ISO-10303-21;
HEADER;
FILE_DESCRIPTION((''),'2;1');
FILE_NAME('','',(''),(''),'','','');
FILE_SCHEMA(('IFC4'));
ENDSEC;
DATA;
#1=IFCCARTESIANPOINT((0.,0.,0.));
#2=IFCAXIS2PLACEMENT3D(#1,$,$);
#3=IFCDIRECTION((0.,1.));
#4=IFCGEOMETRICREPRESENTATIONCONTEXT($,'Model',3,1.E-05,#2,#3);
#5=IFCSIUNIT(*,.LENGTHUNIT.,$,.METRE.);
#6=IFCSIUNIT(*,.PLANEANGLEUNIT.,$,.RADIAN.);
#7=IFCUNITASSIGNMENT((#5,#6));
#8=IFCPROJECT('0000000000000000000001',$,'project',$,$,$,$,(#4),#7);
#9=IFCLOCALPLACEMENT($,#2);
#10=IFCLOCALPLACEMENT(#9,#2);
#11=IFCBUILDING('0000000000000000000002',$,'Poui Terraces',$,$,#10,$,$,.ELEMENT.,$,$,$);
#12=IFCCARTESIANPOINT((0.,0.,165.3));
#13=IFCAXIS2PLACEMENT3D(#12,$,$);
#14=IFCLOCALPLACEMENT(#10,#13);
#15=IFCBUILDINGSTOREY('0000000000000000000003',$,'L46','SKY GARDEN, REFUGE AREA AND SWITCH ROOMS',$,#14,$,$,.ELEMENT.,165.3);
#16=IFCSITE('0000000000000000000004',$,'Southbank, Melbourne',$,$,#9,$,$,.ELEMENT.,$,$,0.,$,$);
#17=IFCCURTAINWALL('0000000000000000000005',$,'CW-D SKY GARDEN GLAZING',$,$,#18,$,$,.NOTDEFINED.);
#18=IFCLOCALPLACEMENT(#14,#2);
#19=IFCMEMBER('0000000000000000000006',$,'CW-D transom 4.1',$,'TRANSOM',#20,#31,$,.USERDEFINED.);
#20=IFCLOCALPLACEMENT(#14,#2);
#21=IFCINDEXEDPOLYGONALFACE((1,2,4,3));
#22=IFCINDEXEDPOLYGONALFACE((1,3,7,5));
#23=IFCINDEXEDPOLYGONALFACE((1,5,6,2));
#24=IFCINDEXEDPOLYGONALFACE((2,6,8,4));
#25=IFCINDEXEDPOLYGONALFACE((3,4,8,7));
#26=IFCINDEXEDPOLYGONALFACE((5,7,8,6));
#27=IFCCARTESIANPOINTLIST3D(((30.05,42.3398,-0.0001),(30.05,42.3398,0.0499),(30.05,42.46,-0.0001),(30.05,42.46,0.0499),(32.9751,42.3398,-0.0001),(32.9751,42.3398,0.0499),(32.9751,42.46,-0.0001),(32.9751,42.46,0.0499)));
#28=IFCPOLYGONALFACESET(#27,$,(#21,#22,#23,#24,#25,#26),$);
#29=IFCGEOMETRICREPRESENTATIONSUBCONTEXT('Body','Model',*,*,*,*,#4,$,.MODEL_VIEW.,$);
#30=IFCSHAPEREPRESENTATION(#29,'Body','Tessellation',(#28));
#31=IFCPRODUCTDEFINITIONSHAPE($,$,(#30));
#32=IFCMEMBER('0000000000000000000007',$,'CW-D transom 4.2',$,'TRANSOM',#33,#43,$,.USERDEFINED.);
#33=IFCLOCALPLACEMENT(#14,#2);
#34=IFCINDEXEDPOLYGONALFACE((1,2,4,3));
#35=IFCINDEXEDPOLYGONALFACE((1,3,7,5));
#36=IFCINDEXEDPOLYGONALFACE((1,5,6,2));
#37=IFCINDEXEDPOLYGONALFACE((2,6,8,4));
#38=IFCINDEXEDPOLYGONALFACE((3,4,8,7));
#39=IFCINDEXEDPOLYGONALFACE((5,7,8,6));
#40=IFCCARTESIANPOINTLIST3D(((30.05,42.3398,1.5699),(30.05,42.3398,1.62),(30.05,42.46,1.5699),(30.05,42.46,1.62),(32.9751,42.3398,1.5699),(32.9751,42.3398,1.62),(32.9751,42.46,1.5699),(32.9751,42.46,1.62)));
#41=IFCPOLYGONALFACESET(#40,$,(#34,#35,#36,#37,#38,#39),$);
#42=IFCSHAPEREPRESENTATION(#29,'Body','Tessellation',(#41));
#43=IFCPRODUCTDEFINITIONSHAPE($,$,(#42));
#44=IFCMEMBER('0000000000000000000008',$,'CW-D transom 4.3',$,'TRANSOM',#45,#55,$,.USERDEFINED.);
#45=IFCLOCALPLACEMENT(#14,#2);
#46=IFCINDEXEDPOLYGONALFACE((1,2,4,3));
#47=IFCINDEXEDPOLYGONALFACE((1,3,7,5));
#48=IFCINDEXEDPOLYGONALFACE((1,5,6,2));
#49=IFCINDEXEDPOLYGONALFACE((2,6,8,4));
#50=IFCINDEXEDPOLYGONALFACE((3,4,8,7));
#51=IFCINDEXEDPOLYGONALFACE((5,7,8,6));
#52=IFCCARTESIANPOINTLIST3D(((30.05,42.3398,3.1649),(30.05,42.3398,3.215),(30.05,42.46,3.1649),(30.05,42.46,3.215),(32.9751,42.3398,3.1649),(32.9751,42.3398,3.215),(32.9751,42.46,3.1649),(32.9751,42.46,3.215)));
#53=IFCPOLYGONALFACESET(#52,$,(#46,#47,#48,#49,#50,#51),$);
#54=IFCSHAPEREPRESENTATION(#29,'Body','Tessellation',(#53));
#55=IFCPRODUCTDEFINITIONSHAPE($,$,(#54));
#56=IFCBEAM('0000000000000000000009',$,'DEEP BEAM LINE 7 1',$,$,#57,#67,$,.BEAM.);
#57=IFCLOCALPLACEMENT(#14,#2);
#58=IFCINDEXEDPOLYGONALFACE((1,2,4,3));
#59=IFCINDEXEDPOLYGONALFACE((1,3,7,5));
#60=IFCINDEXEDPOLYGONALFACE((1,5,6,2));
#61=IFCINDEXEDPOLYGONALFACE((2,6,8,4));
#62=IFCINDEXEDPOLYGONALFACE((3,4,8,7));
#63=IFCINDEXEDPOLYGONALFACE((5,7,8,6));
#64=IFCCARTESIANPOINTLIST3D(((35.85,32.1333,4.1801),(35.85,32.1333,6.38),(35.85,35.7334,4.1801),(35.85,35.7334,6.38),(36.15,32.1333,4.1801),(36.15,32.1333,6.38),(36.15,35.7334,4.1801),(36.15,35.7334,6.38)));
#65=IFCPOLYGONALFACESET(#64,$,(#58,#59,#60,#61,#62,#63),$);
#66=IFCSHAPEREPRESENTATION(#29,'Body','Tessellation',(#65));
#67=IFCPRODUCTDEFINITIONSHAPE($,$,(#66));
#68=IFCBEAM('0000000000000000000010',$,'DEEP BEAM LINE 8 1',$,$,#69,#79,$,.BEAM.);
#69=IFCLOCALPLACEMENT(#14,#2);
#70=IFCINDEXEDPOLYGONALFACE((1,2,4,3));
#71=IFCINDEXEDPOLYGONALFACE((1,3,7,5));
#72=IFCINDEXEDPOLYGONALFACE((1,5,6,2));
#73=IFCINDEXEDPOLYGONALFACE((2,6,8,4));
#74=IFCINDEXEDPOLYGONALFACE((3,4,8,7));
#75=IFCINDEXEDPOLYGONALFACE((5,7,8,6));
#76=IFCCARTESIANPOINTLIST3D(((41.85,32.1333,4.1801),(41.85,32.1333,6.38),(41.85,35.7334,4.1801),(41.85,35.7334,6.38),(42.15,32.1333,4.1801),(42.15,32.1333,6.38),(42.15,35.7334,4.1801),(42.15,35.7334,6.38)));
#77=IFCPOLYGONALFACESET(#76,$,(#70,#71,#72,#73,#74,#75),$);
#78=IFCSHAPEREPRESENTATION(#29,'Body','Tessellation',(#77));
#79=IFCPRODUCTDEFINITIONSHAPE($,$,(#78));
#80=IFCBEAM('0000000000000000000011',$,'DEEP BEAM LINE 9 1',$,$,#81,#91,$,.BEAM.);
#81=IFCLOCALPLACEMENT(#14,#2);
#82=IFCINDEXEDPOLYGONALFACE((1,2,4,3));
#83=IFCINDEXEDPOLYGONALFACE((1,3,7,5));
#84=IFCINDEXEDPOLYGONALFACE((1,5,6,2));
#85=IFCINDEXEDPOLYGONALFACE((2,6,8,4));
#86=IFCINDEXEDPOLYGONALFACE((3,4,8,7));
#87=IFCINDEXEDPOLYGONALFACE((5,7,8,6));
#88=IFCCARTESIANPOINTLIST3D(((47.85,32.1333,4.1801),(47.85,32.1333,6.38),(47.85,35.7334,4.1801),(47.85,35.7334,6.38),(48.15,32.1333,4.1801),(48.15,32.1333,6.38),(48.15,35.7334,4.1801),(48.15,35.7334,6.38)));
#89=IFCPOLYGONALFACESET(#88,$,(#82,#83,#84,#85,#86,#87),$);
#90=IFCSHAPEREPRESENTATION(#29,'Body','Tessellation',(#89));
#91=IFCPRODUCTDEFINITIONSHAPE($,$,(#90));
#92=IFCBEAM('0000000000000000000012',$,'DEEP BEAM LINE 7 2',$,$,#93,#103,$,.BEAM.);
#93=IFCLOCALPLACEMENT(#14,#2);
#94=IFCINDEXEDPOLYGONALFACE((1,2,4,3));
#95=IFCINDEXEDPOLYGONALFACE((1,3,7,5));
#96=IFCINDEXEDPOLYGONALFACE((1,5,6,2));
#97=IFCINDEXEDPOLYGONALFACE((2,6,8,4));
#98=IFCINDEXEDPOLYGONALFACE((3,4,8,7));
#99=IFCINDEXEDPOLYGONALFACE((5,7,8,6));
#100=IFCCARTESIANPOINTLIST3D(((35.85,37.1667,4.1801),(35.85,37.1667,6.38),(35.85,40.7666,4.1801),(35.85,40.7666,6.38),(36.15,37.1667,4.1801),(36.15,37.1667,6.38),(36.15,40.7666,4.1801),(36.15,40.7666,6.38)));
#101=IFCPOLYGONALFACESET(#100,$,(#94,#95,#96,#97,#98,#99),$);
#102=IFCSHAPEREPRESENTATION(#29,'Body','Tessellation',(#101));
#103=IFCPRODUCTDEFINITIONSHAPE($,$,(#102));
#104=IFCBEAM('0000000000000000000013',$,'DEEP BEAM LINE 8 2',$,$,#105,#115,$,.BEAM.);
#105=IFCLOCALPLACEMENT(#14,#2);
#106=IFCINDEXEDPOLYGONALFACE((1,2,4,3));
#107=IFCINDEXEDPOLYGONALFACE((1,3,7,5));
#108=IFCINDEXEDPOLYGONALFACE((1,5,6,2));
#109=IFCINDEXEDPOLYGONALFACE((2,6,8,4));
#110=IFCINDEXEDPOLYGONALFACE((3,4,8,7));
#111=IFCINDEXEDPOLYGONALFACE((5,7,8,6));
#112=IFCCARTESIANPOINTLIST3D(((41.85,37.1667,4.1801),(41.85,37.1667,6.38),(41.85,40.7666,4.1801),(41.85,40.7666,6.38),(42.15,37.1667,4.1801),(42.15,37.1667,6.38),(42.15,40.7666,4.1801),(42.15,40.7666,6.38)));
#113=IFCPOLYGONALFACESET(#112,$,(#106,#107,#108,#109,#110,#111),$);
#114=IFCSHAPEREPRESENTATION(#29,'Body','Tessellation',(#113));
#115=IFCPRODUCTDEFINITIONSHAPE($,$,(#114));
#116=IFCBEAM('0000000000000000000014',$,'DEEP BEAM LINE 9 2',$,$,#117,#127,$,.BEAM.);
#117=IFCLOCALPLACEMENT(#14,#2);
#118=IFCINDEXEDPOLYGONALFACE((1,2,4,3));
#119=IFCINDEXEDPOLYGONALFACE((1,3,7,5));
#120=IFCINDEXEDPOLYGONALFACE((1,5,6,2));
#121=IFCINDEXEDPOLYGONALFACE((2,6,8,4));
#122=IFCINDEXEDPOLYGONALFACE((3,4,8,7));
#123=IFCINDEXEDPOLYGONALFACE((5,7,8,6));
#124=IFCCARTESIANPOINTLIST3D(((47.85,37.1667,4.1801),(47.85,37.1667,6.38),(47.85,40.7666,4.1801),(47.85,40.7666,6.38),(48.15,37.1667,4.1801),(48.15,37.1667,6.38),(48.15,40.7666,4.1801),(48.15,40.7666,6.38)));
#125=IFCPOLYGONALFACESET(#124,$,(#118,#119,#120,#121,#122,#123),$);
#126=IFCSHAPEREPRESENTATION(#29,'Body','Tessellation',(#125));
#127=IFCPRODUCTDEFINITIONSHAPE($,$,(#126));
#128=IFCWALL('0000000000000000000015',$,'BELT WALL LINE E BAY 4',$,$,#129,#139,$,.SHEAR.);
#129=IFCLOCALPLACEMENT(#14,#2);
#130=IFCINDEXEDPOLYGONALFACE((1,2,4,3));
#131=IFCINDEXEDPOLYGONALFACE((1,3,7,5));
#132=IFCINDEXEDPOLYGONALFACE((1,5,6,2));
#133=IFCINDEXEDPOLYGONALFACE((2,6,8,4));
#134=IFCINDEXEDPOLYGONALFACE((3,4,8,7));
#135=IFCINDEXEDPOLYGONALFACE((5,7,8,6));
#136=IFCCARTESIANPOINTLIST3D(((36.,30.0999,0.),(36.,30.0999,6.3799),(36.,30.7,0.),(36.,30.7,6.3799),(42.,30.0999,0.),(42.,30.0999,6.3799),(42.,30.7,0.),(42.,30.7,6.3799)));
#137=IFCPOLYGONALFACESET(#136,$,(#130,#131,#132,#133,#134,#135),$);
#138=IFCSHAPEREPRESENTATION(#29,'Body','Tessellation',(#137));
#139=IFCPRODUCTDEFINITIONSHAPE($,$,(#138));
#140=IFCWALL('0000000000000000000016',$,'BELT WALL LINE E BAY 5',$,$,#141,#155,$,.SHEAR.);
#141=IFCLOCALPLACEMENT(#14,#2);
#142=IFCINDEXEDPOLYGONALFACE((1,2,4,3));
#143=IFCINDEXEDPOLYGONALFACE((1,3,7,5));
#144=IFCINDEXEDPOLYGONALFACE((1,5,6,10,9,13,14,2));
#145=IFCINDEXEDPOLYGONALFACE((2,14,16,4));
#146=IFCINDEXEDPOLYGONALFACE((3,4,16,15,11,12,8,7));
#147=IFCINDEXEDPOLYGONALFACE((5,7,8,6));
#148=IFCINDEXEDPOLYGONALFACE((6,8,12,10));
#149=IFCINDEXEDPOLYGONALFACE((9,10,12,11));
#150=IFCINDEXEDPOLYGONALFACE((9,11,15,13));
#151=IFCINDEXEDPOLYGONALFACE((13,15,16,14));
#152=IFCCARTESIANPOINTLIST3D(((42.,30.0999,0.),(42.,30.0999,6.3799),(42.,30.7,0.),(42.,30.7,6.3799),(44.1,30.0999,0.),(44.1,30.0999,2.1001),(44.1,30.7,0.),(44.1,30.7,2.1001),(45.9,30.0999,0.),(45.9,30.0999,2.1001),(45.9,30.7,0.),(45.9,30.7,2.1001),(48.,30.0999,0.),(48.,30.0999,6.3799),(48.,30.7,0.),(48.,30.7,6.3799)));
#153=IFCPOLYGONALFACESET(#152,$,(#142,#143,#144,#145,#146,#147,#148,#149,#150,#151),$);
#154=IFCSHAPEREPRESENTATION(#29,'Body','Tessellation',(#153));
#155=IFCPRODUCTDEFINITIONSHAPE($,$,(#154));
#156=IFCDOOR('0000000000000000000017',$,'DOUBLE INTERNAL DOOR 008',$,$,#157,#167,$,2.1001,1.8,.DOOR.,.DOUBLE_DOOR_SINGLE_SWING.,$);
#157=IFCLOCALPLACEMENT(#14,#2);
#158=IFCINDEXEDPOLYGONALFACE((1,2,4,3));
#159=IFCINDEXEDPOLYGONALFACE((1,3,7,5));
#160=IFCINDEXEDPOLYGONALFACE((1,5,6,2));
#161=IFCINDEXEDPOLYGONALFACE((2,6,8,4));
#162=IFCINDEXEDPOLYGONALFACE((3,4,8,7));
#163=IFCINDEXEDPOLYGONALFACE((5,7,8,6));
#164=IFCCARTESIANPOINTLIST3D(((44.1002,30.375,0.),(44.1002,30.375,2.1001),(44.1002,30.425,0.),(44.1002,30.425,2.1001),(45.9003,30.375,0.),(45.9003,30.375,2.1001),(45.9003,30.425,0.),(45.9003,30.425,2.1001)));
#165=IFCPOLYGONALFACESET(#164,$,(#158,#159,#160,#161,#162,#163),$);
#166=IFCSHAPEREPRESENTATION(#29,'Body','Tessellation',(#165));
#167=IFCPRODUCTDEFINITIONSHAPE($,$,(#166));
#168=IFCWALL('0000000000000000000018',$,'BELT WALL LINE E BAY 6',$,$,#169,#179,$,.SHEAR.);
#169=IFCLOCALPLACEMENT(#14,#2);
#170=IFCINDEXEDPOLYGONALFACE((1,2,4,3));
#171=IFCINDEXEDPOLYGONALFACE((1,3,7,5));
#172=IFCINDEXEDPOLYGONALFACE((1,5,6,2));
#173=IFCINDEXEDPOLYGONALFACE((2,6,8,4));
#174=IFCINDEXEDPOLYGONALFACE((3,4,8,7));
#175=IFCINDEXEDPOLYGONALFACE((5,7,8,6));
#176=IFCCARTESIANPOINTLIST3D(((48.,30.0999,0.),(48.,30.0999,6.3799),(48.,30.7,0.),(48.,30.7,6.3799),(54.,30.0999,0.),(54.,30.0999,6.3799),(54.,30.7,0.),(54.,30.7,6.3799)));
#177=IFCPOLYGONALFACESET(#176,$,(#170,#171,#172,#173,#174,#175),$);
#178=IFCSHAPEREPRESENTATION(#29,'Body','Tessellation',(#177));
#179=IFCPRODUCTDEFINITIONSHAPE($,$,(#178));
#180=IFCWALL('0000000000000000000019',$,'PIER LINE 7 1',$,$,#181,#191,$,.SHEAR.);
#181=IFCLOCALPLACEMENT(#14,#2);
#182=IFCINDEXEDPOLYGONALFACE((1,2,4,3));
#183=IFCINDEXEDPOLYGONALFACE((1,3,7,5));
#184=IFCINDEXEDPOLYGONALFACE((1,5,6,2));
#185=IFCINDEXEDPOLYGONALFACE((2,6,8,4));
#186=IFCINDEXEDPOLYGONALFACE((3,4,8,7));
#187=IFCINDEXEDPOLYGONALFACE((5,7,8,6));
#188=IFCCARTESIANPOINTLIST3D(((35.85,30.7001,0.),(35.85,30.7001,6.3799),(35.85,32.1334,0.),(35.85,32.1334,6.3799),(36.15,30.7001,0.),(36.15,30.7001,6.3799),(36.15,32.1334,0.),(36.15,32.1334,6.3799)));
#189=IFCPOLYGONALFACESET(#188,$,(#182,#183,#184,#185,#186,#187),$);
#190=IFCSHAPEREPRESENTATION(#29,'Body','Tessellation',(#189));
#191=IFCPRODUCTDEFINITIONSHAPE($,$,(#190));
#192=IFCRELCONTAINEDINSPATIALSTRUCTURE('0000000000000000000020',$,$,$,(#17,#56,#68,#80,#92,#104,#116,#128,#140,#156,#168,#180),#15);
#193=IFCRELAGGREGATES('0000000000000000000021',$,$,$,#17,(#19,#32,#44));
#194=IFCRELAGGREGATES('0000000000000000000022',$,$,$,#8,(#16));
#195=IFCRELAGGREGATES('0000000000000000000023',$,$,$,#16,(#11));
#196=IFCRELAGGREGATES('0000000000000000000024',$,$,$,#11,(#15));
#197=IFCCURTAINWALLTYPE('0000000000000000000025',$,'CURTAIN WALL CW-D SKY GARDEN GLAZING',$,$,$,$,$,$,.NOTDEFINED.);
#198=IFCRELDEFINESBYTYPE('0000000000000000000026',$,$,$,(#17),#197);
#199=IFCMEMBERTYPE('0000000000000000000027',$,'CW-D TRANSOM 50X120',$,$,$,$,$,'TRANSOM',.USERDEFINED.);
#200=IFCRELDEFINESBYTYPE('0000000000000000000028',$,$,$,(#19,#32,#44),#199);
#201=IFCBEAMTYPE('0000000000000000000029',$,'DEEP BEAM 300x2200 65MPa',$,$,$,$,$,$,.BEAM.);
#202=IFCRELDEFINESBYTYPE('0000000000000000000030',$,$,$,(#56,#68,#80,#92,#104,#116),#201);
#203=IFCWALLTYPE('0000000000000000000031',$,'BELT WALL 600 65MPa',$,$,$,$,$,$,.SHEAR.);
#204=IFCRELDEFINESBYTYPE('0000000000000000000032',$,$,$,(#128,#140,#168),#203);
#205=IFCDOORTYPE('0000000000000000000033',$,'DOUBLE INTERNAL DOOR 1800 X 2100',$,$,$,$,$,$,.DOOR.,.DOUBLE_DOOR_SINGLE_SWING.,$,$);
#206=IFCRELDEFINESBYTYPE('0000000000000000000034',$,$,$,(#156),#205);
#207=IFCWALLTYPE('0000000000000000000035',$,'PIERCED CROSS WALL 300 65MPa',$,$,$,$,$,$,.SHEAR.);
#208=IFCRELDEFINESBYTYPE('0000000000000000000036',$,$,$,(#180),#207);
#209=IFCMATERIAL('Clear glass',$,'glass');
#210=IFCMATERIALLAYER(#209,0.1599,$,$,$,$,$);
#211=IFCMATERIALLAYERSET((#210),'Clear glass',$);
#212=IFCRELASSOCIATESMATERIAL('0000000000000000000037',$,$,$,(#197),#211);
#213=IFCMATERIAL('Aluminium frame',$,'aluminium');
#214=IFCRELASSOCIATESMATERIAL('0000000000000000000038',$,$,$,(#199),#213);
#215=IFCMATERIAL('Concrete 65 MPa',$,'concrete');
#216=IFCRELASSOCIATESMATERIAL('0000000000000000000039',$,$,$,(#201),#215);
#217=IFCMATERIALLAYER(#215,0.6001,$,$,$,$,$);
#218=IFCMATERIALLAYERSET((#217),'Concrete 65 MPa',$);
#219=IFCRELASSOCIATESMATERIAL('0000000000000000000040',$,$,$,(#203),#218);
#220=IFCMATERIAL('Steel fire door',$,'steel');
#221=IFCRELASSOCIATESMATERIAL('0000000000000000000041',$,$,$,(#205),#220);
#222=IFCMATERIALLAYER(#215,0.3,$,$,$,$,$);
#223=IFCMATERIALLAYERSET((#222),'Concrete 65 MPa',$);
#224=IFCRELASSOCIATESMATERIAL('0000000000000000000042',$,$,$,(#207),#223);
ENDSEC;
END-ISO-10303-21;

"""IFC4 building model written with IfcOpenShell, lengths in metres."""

from ifc_helpers import new_model, si_unit, direction, frame, frame_2d, origin, origin_2d, place, context, subcontext, project, spatial, rectangle, extrude, source, transform, mapped, material, layer, layer_set, material_profile, profile_set, type_object, element, fill, aggregate, save


model = new_model("IFC4")

# Units and contexts
model_context = context("Model", 3, precision=1e-05, world=origin(), true_north=direction((0.0, 1.0)))
body_context = subcontext(model_context, "Body", "Model", "MODEL_VIEW")
ifc_project = project(units=[si_unit("LENGTHUNIT", "METRE"), si_unit("PLANEANGLEUNIT", "RADIAN")], contexts=[model_context])

# Site, building, storey
site_placement = place(None, origin())
site = spatial("IfcSite", under=ifc_project, at=site_placement, Name="Southbank, Melbourne", CompositionType="ELEMENT", RefElevation=0.0)
building_placement = place(site_placement, origin())
building = spatial("IfcBuilding", under=site, at=building_placement, Name="Poui Terraces", CompositionType="ELEMENT")
storey_placement = place(building_placement, frame((0.0, 0.0, 165.3)))
storey = spatial("IfcBuildingStorey", under=building, at=storey_placement, Name="L46", Description="SKY GARDEN, REFUGE AREA AND SWITCH ROOMS", CompositionType="ELEMENT", Elevation=165.3)

# Curtain wall, members
ifc_material_1 = material(Name="Clear glass", Category="glass")
ifc_layer_1 = layer(ifc_material_1, 0.1599)
ifc_layer_set_1 = layer_set([ifc_layer_1], Name="Clear glass")
curtain_wall_type = type_object("IfcCurtainWallType", Name="CURTAIN WALL CW-D SKY GARDEN GLAZING", PredefinedType="NOTDEFINED", material=ifc_layer_set_1)
curtain_wall_placement = place(storey_placement, origin())
curtain_wall = element("IfcCurtainWall", 1, at=curtain_wall_placement, inside=storey, type_object=curtain_wall_type, Name="CW-D SKY GARDEN GLAZING", PredefinedType="NOTDEFINED")
ifc_material_2 = material(Name="Aluminium frame", Category="aluminium")
ifc_material_profile_1 = material_profile(ifc_material_2, rectangle(XDim=0.1201, YDim=0.05, at=origin_2d()), Name="CW-D TRANSOM 50X120")
ifc_profile_set_1 = profile_set([ifc_material_profile_1], Name="Aluminium frame")
member_type = type_object("IfcMemberType", Name="CW-D TRANSOM 50X120", ElementType="TRANSOM", PredefinedType="USERDEFINED", material=ifc_profile_set_1)
member_1_placement = place(storey_placement, frame((32.9751, 42.3999, 0.0249), z_axis=(-1.0, 0.0, 0.0), x_axis=(0.0, -1.0, 0.0)))
member_1 = element("IfcMember", 2, at=member_1_placement, type_object=member_type, Name="CW-D transom 4.1", ObjectType="TRANSOM", PredefinedType="USERDEFINED", context=body_context, shape_type="SweptSolid", body=[
    extrude(rectangle(XDim=0.1201, YDim=0.05, at=origin_2d()), origin(), (0.0, 0.0, 1.0), 2.925),
])
member_2_placement = place(storey_placement, frame((32.9751, 42.3999, 1.595), z_axis=(-1.0, 0.0, 0.0), x_axis=(0.0, -1.0, 0.0)))
member_2 = element("IfcMember", 3, at=member_2_placement, type_object=member_type, Name="CW-D transom 4.2", ObjectType="TRANSOM", PredefinedType="USERDEFINED", context=body_context, shape_type="SweptSolid", body=[
    extrude(rectangle(XDim=0.1201, YDim=0.05, at=origin_2d()), origin(), (0.0, 0.0, 1.0), 2.925),
])
member_3_placement = place(storey_placement, frame((32.9751, 42.3999, 3.1899), z_axis=(-1.0, 0.0, 0.0), x_axis=(0.0, -1.0, 0.0)))
member_3 = element("IfcMember", 4, at=member_3_placement, type_object=member_type, Name="CW-D transom 4.3", ObjectType="TRANSOM", PredefinedType="USERDEFINED", context=body_context, shape_type="SweptSolid", body=[
    extrude(rectangle(XDim=0.1201, YDim=0.05, at=origin_2d()), origin(), (0.0, 0.0, 1.0), 2.925),
])
aggregate(curtain_wall, [member_1, member_2, member_3])

# Beams
ifc_material_3 = material(Name="Concrete 65 MPa", Category="concrete")
ifc_material_profile_2 = material_profile(ifc_material_3, rectangle(XDim=0.3, YDim=2.2, at=origin_2d()), Name="RC 300x2200")
ifc_profile_set_2 = profile_set([ifc_material_profile_2], Name="Concrete 65 MPa")
beam_type = type_object("IfcBeamType", Name="DEEP BEAM 300x2200 65MPa", PredefinedType="BEAM", material=ifc_profile_set_2)
shared_shape_1 = source(origin(), body_context, "Body", "SweptSolid", [
    extrude(rectangle(XDim=0.3, YDim=2.2, at=origin_2d()), origin(), (0.0, 0.0, 1.0), 3.6001),
])
for number, where, z_axis, x_axis, name in (
    (5, (36.0, 32.1333, 5.28), (0.0, 1.0, 0.0), (-1.0, 0.0, 0.0), "DEEP BEAM LINE 7 1"),
    (6, (42.0, 32.1333, 5.28), (0.0, 1.0, 0.0), (-1.0, 0.0, 0.0), "DEEP BEAM LINE 8 1"),
    (7, (48.0, 32.1333, 5.28), (0.0, 1.0, 0.0), (-1.0, 0.0, 0.0), "DEEP BEAM LINE 9 1"),
):
    element("IfcBeam", number, at=place(storey_placement, frame(where, z_axis=z_axis, x_axis=x_axis)), inside=storey, type_object=beam_type, Name=name, PredefinedType="BEAM", context=body_context, shape_type="MappedRepresentation", body=[
        mapped(shared_shape_1, transform((0.0, 0.0, 0.0))),
    ])
shared_shape_2 = source(origin(), body_context, "Body", "SweptSolid", [
    extrude(rectangle(XDim=0.3, YDim=2.2, at=origin_2d()), origin(), (0.0, 0.0, 1.0), 3.5999),
])
for number, where, z_axis, x_axis, name in (
    (8, (36.0, 37.1667, 5.28), (0.0, 1.0, 0.0), (-1.0, 0.0, 0.0), "DEEP BEAM LINE 7 2"),
    (9, (42.0, 37.1667, 5.28), (0.0, 1.0, 0.0), (-1.0, 0.0, 0.0), "DEEP BEAM LINE 8 2"),
    (10, (48.0, 37.1667, 5.28), (0.0, 1.0, 0.0), (-1.0, 0.0, 0.0), "DEEP BEAM LINE 9 2"),
):
    element("IfcBeam", number, at=place(storey_placement, frame(where, z_axis=z_axis, x_axis=x_axis)), inside=storey, type_object=beam_type, Name=name, PredefinedType="BEAM", context=body_context, shape_type="MappedRepresentation", body=[
        mapped(shared_shape_2, transform((0.0, 0.0, 0.0))),
    ])

# Wall
ifc_layer_2 = layer(ifc_material_3, 0.6001)
ifc_layer_set_2 = layer_set([ifc_layer_2], Name="Concrete 65 MPa")
wall_type_1 = type_object("IfcWallType", Name="BELT WALL 600 65MPa", PredefinedType="SHEAR", material=ifc_layer_set_2)
wall_1_placement = place(storey_placement, frame((36.0, 30.3999, 0.0), z_axis=(0.0, 0.0, 1.0), x_axis=(1.0, 0.0, 0.0)))
element("IfcWall", 11, at=wall_1_placement, inside=storey, type_object=wall_type_1, Name="BELT WALL LINE E BAY 4", PredefinedType="SHEAR", context=body_context, shape_type="SweptSolid", body=[
    extrude(rectangle(XDim=6.0, YDim=0.6001, at=frame_2d((3.0, 0.0))), origin(), (0.0, 0.0, 1.0), 6.3799),
])

# Wall, opening, door
wall_2_placement = place(storey_placement, frame((42.0, 30.3999, 0.0), z_axis=(0.0, 0.0, 1.0), x_axis=(1.0, 0.0, 0.0)))
wall_2 = element("IfcWall", 12, at=wall_2_placement, inside=storey, type_object=wall_type_1, Name="BELT WALL LINE E BAY 5", PredefinedType="SHEAR", context=body_context, shape_type="SweptSolid", body=[
    extrude(rectangle(XDim=6.0, YDim=0.6001, at=frame_2d((3.0, 0.0))), origin(), (0.0, 0.0, 1.0), 6.3799),
])
opening_placement = place(wall_2_placement, frame((2.1001, 0.0, 0.0)))
opening = element("IfcOpeningElement", 13, at=opening_placement, cuts=wall_2, PredefinedType="OPENING", context=body_context, shape_type="SweptSolid", body=[
    extrude(rectangle(XDim=1.8, YDim=2.1001, at=frame_2d((0.8999, 1.05))), frame((0.0, 0.3101, 0.0), z_axis=(0.0, -1.0, 0.0), x_axis=(1.0, 0.0, 0.0)), (0.0, 0.0, 1.0), 0.6201),
])
ifc_material_4 = material(Name="Steel fire door", Category="steel")
door_type = type_object("IfcDoorType", Name="DOUBLE INTERNAL DOOR 1800 X 2100", OperationType="DOUBLE_DOOR_SINGLE_SWING", PredefinedType="DOOR", material=ifc_material_4)
door_placement = place(opening_placement, frame((1.8, 0.0, 0.0), z_axis=(0.0, 0.0, 1.0), x_axis=(-1.0, 0.0, 0.0)))
door = element("IfcDoor", 14, at=door_placement, inside=storey, type_object=door_type, Name="DOUBLE INTERNAL DOOR 008", OperationType="DOUBLE_DOOR_SINGLE_SWING", OverallHeight=2.1001, OverallWidth=1.8, PredefinedType="DOOR", context=body_context, shape_type="SweptSolid", body=[
    extrude(rectangle(XDim=1.8, YDim=2.1001, at=frame_2d((0.8999, 1.05))), frame((0.0, 0.0249, 0.0), z_axis=(0.0, -1.0, 0.0), x_axis=(1.0, 0.0, 0.0)), (0.0, 0.0, 1.0), 0.05),
])
fill(opening, door)

# Walls
wall_3_placement = place(storey_placement, frame((48.0, 30.3999, 0.0), z_axis=(0.0, 0.0, 1.0), x_axis=(1.0, 0.0, 0.0)))
element("IfcWall", 15, at=wall_3_placement, inside=storey, type_object=wall_type_1, Name="BELT WALL LINE E BAY 6", PredefinedType="SHEAR", context=body_context, shape_type="SweptSolid", body=[
    extrude(rectangle(XDim=6.0, YDim=0.6001, at=frame_2d((3.0, 0.0))), origin(), (0.0, 0.0, 1.0), 6.3799),
])
ifc_layer_3 = layer(ifc_material_3, 0.3)
ifc_layer_set_3 = layer_set([ifc_layer_3], Name="Concrete 65 MPa")
wall_type_2 = type_object("IfcWallType", Name="PIERCED CROSS WALL 300 65MPa", PredefinedType="SHEAR", material=ifc_layer_set_3)
for number, where, z_axis, x_axis, name in (
    (16, (36.0, 30.7, 0.0), (0.0, 0.0, 1.0), (0.0, 1.0, 0.0), "PIER LINE 7 1"),
):
    element("IfcWall", number, at=place(storey_placement, frame(where, z_axis=z_axis, x_axis=x_axis)), inside=storey, type_object=wall_type_2, Name=name, PredefinedType="SHEAR", context=body_context, shape_type="SweptSolid", body=[
        extrude(rectangle(XDim=1.4333, YDim=0.3, at=frame_2d((0.7168, 0.0))), origin(), (0.0, 0.0, 1.0), 6.3799),
    ])

save(model, "model.ifc")
